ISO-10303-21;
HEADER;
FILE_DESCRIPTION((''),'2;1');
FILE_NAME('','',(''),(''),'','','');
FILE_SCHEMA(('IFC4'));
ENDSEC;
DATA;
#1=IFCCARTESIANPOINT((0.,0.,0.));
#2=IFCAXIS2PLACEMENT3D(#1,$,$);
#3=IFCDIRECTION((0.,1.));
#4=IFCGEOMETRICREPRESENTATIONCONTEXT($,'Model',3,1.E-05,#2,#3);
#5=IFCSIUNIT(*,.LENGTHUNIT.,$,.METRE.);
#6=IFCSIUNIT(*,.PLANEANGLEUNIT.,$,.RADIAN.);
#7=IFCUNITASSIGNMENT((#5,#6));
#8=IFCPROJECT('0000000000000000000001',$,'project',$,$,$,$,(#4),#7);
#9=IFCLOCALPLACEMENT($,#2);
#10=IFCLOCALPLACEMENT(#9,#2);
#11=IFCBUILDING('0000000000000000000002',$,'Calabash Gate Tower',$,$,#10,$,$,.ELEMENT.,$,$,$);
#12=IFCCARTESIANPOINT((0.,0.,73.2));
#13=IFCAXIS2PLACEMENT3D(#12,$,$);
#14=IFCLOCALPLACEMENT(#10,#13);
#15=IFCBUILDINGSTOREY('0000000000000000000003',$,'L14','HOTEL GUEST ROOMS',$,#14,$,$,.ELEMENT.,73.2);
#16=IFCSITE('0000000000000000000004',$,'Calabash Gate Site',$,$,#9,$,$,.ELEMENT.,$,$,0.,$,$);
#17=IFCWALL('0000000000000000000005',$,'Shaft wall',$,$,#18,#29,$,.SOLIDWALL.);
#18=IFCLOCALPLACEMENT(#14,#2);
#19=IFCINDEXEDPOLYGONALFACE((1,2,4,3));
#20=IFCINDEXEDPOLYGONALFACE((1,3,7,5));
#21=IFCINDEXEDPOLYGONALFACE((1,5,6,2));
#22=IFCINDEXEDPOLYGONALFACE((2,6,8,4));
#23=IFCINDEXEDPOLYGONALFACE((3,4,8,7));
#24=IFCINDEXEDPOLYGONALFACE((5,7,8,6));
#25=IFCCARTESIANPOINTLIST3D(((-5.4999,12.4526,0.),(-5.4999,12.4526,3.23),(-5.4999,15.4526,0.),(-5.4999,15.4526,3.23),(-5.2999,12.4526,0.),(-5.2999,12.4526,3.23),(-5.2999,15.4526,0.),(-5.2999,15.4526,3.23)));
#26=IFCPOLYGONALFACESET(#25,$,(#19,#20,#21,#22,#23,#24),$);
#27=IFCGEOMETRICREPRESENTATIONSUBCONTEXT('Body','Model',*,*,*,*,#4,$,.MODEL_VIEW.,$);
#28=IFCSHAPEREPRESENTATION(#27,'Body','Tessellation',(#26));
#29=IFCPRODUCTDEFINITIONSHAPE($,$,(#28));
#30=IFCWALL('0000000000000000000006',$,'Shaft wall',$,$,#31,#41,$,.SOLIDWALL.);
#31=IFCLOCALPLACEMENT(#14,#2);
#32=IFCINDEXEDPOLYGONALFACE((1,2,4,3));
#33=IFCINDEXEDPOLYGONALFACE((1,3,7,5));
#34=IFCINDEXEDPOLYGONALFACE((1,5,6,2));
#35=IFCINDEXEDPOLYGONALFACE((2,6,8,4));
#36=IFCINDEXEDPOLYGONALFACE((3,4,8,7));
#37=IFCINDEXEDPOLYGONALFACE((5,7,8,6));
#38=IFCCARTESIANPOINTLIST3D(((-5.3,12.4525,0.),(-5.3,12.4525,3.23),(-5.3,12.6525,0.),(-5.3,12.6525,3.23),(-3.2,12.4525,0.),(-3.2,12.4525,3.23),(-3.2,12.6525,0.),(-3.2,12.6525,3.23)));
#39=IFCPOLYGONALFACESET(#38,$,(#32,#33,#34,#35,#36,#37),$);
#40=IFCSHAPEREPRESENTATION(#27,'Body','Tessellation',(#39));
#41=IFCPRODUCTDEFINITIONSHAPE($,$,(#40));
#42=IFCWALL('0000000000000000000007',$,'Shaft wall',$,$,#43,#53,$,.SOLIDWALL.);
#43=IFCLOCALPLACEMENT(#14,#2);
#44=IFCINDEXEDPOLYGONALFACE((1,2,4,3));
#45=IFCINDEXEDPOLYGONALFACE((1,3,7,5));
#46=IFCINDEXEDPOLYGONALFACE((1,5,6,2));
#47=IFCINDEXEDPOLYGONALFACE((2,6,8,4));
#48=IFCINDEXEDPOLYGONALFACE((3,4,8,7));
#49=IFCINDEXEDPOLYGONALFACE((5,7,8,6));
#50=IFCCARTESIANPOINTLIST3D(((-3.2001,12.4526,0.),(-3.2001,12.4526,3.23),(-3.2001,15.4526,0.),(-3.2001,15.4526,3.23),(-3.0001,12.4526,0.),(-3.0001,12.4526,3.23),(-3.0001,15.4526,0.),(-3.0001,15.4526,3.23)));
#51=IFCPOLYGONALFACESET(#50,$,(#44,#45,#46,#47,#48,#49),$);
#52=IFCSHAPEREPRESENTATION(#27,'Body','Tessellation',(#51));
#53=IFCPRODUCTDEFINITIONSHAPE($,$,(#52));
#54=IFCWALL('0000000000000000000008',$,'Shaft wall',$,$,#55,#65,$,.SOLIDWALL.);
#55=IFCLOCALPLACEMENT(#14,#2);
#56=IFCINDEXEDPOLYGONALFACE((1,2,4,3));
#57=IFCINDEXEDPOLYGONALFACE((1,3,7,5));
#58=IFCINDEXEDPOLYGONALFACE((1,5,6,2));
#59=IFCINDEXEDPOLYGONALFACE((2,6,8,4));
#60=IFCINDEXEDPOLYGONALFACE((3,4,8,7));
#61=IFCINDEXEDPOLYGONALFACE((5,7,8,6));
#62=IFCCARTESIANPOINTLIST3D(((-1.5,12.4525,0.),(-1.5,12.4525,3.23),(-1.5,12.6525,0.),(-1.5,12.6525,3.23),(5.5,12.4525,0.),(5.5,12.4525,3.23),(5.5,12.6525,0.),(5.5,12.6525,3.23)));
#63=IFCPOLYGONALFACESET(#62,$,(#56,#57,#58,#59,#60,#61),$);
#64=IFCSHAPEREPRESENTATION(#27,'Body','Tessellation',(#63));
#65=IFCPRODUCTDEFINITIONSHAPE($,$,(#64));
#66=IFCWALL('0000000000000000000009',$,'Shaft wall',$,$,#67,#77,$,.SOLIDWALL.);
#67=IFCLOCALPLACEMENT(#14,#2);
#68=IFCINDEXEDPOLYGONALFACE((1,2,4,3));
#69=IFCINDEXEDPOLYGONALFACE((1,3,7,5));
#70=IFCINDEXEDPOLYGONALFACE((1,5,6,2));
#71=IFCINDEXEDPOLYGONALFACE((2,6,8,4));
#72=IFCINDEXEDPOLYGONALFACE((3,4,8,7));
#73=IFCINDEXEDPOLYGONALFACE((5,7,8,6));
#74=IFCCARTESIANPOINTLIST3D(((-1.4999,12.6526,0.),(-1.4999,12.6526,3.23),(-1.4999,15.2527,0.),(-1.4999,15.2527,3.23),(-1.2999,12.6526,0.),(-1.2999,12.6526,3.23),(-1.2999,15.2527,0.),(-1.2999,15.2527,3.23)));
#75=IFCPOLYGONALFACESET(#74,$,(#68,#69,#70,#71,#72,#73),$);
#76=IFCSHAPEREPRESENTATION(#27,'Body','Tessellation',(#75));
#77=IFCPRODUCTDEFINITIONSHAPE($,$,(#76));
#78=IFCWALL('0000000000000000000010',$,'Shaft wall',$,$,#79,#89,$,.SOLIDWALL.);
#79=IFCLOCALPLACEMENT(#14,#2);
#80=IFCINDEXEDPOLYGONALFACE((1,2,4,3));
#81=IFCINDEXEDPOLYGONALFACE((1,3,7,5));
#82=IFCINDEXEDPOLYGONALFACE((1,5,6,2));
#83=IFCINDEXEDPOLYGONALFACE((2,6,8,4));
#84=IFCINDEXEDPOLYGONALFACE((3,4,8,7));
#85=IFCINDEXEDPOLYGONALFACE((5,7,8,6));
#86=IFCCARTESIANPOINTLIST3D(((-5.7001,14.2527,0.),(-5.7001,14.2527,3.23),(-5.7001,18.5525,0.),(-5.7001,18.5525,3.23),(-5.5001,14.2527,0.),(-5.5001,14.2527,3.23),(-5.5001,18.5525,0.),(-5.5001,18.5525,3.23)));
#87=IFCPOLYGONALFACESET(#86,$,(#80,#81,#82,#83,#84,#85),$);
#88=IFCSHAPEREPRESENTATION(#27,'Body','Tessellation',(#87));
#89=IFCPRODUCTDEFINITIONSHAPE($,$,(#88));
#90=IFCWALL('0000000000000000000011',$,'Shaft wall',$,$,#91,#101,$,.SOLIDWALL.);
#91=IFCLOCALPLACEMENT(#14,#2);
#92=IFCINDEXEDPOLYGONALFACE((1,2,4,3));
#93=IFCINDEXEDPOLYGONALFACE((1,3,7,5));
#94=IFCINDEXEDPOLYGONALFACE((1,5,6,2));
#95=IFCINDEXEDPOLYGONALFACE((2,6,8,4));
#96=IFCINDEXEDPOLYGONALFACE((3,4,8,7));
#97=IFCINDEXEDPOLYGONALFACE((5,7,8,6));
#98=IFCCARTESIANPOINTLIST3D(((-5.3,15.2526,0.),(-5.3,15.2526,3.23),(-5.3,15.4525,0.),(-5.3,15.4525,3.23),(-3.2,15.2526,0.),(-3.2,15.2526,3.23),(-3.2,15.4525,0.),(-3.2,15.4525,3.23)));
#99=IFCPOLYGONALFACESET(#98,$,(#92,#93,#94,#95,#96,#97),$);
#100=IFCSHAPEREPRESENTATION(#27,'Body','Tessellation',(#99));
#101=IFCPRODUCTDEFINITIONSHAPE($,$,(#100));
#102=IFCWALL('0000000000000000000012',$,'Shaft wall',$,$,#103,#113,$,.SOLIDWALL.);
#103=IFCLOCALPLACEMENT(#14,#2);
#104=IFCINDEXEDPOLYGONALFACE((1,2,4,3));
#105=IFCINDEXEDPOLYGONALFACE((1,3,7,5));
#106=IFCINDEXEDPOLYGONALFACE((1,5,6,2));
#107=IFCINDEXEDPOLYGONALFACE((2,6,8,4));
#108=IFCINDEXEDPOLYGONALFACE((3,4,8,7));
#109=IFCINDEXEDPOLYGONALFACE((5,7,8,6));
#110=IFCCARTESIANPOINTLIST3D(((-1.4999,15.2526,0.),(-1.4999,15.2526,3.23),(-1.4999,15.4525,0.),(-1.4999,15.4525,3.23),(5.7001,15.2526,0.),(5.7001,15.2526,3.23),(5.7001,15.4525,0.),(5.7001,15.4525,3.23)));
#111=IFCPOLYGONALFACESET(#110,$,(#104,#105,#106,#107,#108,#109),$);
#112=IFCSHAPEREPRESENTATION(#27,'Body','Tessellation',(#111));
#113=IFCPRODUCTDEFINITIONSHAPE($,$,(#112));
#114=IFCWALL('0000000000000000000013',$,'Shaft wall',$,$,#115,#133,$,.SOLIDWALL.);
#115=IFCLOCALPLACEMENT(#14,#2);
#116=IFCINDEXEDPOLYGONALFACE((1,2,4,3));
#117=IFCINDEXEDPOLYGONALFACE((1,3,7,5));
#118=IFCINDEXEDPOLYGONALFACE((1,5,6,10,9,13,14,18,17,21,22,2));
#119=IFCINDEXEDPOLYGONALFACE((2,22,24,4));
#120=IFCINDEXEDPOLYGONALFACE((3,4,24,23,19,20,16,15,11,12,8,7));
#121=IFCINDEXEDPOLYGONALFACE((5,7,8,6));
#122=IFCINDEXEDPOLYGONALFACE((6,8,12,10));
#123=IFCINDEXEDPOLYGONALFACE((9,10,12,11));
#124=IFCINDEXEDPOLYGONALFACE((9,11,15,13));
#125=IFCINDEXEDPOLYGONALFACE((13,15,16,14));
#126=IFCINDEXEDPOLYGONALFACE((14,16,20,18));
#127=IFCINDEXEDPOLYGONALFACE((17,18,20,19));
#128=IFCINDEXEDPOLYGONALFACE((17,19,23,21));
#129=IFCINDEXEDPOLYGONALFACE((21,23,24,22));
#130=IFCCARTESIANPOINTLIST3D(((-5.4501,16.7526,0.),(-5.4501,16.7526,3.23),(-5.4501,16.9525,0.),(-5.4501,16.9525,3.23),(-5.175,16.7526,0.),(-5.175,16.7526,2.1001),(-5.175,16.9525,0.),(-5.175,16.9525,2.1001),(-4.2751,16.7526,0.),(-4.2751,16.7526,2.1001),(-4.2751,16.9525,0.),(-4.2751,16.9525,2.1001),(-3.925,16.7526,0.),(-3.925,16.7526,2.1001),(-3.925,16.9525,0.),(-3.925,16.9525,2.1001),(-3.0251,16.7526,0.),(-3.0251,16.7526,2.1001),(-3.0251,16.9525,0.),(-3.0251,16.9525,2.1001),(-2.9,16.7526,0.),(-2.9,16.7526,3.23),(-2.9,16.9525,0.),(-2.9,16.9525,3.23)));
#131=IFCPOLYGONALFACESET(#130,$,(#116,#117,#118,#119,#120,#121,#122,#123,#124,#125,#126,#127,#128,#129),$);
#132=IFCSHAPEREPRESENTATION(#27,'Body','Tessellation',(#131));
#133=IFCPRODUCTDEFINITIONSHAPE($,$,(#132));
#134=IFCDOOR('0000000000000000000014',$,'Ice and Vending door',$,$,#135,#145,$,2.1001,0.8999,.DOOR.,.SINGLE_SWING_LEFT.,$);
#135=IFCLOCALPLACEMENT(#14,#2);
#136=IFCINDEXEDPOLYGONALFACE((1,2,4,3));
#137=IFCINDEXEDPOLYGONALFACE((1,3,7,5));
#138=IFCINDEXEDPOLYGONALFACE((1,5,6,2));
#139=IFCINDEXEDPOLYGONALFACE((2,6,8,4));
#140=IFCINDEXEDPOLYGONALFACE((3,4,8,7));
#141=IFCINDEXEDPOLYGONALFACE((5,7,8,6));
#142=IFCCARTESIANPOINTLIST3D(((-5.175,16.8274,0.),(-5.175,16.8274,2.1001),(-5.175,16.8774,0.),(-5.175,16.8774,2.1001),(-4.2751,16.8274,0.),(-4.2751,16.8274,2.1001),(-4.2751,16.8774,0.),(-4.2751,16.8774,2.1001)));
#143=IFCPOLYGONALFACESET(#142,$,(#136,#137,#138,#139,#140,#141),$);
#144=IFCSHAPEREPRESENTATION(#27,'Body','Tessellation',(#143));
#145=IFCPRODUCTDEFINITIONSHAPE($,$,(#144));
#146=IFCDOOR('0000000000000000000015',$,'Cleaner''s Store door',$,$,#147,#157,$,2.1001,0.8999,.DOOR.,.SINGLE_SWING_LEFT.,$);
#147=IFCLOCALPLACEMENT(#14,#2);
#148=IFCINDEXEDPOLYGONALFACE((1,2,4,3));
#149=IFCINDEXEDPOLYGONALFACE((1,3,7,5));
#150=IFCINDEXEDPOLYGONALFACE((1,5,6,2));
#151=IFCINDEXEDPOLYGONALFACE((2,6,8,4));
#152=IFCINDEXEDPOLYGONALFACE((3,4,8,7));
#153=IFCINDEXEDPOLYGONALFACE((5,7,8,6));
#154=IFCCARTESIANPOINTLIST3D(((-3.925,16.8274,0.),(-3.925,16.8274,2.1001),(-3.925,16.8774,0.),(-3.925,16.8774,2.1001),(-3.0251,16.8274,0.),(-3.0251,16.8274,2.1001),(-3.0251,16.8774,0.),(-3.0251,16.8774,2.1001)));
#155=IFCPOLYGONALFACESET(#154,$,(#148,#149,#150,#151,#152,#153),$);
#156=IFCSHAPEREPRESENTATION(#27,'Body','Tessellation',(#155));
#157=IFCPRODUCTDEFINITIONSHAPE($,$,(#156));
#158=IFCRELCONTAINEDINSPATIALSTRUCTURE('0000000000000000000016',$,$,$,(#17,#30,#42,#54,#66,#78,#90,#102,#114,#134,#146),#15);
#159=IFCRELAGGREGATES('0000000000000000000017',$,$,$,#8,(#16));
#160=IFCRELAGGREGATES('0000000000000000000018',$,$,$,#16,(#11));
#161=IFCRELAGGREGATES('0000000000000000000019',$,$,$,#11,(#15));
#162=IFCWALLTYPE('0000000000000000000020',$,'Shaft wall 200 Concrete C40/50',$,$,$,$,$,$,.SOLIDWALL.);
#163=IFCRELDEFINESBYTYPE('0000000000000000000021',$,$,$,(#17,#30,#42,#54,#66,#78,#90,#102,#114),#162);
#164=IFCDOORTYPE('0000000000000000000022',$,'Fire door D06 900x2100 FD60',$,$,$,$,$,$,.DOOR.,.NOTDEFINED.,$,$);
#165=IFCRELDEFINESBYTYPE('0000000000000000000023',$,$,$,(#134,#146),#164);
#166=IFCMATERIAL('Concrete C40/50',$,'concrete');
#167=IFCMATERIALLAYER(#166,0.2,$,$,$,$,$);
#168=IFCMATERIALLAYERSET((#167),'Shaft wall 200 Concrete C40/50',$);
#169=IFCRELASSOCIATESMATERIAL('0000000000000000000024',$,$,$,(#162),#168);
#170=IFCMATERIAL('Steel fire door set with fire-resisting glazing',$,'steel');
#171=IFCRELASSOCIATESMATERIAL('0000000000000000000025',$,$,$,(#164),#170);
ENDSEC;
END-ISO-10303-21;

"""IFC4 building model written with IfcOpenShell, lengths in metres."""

from ifc_helpers import new_model, si_unit, direction, frame, frame_2d, origin, place, context, subcontext, project, spatial, rectangle, extrude, material, layer, layer_set, type_object, element, fill, save


model = new_model("IFC4")

# Units and contexts
model_context = context("Model", 3, precision=1e-05, world=origin(), true_north=direction((0.0, 1.0)))
body_context = subcontext(model_context, "Body", "Model", "MODEL_VIEW")
ifc_project = project(units=[si_unit("LENGTHUNIT", "METRE"), si_unit("PLANEANGLEUNIT", "RADIAN")], contexts=[model_context])

# Site, building, storey
site_placement = place(None, origin())
site = spatial("IfcSite", under=ifc_project, at=site_placement, Name="Calabash Gate Site", CompositionType="ELEMENT", RefElevation=0.0)
building_placement = place(site_placement, origin())
building = spatial("IfcBuilding", under=site, at=building_placement, Name="Calabash Gate Tower", CompositionType="ELEMENT")
storey_placement = place(building_placement, frame((0.0, 0.0, 73.2)))
storey = spatial("IfcBuildingStorey", under=building, at=storey_placement, Name="L14", Description="HOTEL GUEST ROOMS", CompositionType="ELEMENT", Elevation=73.2)

# Shared definitions
ifc_material_1 = material(Name="Concrete C40/50", Category="concrete")
ifc_layer_1 = layer(ifc_material_1, 0.2)
ifc_layer_set_1 = layer_set([ifc_layer_1], Name="Shaft wall 200 Concrete C40/50")
wall_type_1 = type_object("IfcWallType", Name="Shaft wall 200 Concrete C40/50", PredefinedType="SOLIDWALL", material=ifc_layer_set_1)

# Shared definitions
ifc_material_2 = material(Name="Steel fire door set with fire-resisting glazing", Category="steel")
door_type_1 = type_object("IfcDoorType", Name="Fire door D06 900x2100 FD60", OperationType="NOTDEFINED", PredefinedType="DOOR", material=ifc_material_2)

# Walls
wall_1_placement = place(storey_placement, frame((-5.3999, 12.4526, 0.0), z_axis=(0.0, 0.0, 1.0), x_axis=(0.0, 1.0, 0.0)))
element("IfcWall", 1, at=wall_1_placement, inside=storey, type_object=wall_type_1, Name="Shaft wall", PredefinedType="SOLIDWALL", context=body_context, shape_type="SweptSolid", body=[
    extrude(rectangle(XDim=3.0, YDim=0.2, at=frame_2d((1.5, 0.0))), origin(), (0.0, 0.0, 1.0), 3.23),
])
wall_2_placement = place(storey_placement, frame((-5.3, 12.5525, 0.0), z_axis=(0.0, 0.0, 1.0), x_axis=(1.0, 0.0, 0.0)))
element("IfcWall", 2, at=wall_2_placement, inside=storey, type_object=wall_type_1, Name="Shaft wall", PredefinedType="SOLIDWALL", context=body_context, shape_type="SweptSolid", body=[
    extrude(rectangle(XDim=2.1001, YDim=0.2, at=frame_2d((1.05, 0.0))), origin(), (0.0, 0.0, 1.0), 3.23),
])
wall_3_placement = place(storey_placement, frame((-3.1001, 12.4526, 0.0), z_axis=(0.0, 0.0, 1.0), x_axis=(0.0, 1.0, 0.0)))
element("IfcWall", 3, at=wall_3_placement, inside=storey, type_object=wall_type_1, Name="Shaft wall", PredefinedType="SOLIDWALL", context=body_context, shape_type="SweptSolid", body=[
    extrude(rectangle(XDim=3.0, YDim=0.2, at=frame_2d((1.5, 0.0))), origin(), (0.0, 0.0, 1.0), 3.23),
])
wall_4_placement = place(storey_placement, frame((-1.5, 12.5525, 0.0), z_axis=(0.0, 0.0, 1.0), x_axis=(1.0, 0.0, 0.0)))
element("IfcWall", 4, at=wall_4_placement, inside=storey, type_object=wall_type_1, Name="Shaft wall", PredefinedType="SOLIDWALL", context=body_context, shape_type="SweptSolid", body=[
    extrude(rectangle(XDim=7.0, YDim=0.2, at=frame_2d((3.5, 0.0))), origin(), (0.0, 0.0, 1.0), 3.23),
])
wall_5_placement = place(storey_placement, frame((-1.3999, 12.6526, 0.0), z_axis=(0.0, 0.0, 1.0), x_axis=(0.0, 1.0, 0.0)))
element("IfcWall", 5, at=wall_5_placement, inside=storey, type_object=wall_type_1, Name="Shaft wall", PredefinedType="SOLIDWALL", context=body_context, shape_type="SweptSolid", body=[
    extrude(rectangle(XDim=2.6001, YDim=0.2, at=frame_2d((1.3, 0.0))), origin(), (0.0, 0.0, 1.0), 3.23),
])
wall_6_placement = place(storey_placement, frame((-5.6001, 14.2527, 0.0), z_axis=(0.0, 0.0, 1.0), x_axis=(0.0, 1.0, 0.0)))
element("IfcWall", 6, at=wall_6_placement, inside=storey, type_object=wall_type_1, Name="Shaft wall", PredefinedType="SOLIDWALL", context=body_context, shape_type="SweptSolid", body=[
    extrude(rectangle(XDim=4.2998, YDim=0.2, at=frame_2d((2.1499, 0.0))), origin(), (0.0, 0.0, 1.0), 3.23),
])
wall_7_placement = place(storey_placement, frame((-5.3, 15.3525, 0.0), z_axis=(0.0, 0.0, 1.0), x_axis=(1.0, 0.0, 0.0)))
element("IfcWall", 7, at=wall_7_placement, inside=storey, type_object=wall_type_1, Name="Shaft wall", PredefinedType="SOLIDWALL", context=body_context, shape_type="SweptSolid", body=[
    extrude(rectangle(XDim=2.1001, YDim=0.2, at=frame_2d((1.05, 0.0))), origin(), (0.0, 0.0, 1.0), 3.23),
])
wall_8_placement = place(storey_placement, frame((-1.5, 15.3525, 0.0), z_axis=(0.0, 0.0, 1.0), x_axis=(1.0, 0.0, 0.0)))
element("IfcWall", 8, at=wall_8_placement, inside=storey, type_object=wall_type_1, Name="Shaft wall", PredefinedType="SOLIDWALL", context=body_context, shape_type="SweptSolid", body=[
    extrude(rectangle(XDim=7.2, YDim=0.2, at=frame_2d((3.6001, 0.0))), origin(), (0.0, 0.0, 1.0), 3.23),
])

# Wall, openings, doors
wall_9_placement = place(storey_placement, frame((-5.45, 16.8525, 0.0), z_axis=(0.0, 0.0, 1.0), x_axis=(1.0, 0.0, 0.0)))
wall_9 = element("IfcWall", 9, at=wall_9_placement, inside=storey, type_object=wall_type_1, Name="Shaft wall", PredefinedType="SOLIDWALL", context=body_context, shape_type="SweptSolid", body=[
    extrude(rectangle(XDim=2.55, YDim=0.2, at=frame_2d((1.2749, 0.0))), origin(), (0.0, 0.0, 1.0), 3.23),
])
opening_1_placement = place(wall_9_placement, frame((0.2749, 0.0, 0.0)))
opening_1 = element("IfcOpeningElement", 10, at=opening_1_placement, cuts=wall_9, PredefinedType="OPENING", context=body_context, shape_type="SweptSolid", body=[
    extrude(rectangle(XDim=0.8999, YDim=2.1001, at=frame_2d((0.45, 1.05))), frame((0.0, 0.1099, 0.0), z_axis=(0.0, -1.0, 0.0), x_axis=(1.0, 0.0, 0.0)), (0.0, 0.0, 1.0), 0.22),
])
opening_2_placement = place(wall_9_placement, frame((1.5249, 0.0, 0.0)))
opening_2 = element("IfcOpeningElement", 11, at=opening_2_placement, cuts=wall_9, PredefinedType="OPENING", context=body_context, shape_type="SweptSolid", body=[
    extrude(rectangle(XDim=0.8999, YDim=2.1001, at=frame_2d((0.45, 1.05))), frame((0.0, 0.1099, 0.0), z_axis=(0.0, -1.0, 0.0), x_axis=(1.0, 0.0, 0.0)), (0.0, 0.0, 1.0), 0.22),
])
door_1_placement = place(opening_1_placement, origin())
door_1 = element("IfcDoor", 12, at=door_1_placement, inside=storey, type_object=door_type_1, Name="Ice and Vending door", OperationType="SINGLE_SWING_LEFT", OverallHeight=2.1001, OverallWidth=0.8999, PredefinedType="DOOR", context=body_context, shape_type="SweptSolid", body=[
    extrude(rectangle(XDim=0.8999, YDim=2.1001, at=frame_2d((0.45, 1.05))), frame((0.0, 0.0249, 0.0), z_axis=(0.0, -1.0, 0.0), x_axis=(1.0, 0.0, 0.0)), (0.0, 0.0, 1.0), 0.05),
])
fill(opening_1, door_1)
door_2_placement = place(opening_2_placement, origin())
door_2 = element("IfcDoor", 13, at=door_2_placement, inside=storey, type_object=door_type_1, Name="Cleaner's Store door", OperationType="SINGLE_SWING_LEFT", OverallHeight=2.1001, OverallWidth=0.8999, PredefinedType="DOOR", context=body_context, shape_type="SweptSolid", body=[
    extrude(rectangle(XDim=0.8999, YDim=2.1001, at=frame_2d((0.45, 1.05))), frame((0.0, 0.0249, 0.0), z_axis=(0.0, -1.0, 0.0), x_axis=(1.0, 0.0, 0.0)), (0.0, 0.0, 1.0), 0.05),
])
fill(opening_2, door_2)

save(model, "model.ifc")
